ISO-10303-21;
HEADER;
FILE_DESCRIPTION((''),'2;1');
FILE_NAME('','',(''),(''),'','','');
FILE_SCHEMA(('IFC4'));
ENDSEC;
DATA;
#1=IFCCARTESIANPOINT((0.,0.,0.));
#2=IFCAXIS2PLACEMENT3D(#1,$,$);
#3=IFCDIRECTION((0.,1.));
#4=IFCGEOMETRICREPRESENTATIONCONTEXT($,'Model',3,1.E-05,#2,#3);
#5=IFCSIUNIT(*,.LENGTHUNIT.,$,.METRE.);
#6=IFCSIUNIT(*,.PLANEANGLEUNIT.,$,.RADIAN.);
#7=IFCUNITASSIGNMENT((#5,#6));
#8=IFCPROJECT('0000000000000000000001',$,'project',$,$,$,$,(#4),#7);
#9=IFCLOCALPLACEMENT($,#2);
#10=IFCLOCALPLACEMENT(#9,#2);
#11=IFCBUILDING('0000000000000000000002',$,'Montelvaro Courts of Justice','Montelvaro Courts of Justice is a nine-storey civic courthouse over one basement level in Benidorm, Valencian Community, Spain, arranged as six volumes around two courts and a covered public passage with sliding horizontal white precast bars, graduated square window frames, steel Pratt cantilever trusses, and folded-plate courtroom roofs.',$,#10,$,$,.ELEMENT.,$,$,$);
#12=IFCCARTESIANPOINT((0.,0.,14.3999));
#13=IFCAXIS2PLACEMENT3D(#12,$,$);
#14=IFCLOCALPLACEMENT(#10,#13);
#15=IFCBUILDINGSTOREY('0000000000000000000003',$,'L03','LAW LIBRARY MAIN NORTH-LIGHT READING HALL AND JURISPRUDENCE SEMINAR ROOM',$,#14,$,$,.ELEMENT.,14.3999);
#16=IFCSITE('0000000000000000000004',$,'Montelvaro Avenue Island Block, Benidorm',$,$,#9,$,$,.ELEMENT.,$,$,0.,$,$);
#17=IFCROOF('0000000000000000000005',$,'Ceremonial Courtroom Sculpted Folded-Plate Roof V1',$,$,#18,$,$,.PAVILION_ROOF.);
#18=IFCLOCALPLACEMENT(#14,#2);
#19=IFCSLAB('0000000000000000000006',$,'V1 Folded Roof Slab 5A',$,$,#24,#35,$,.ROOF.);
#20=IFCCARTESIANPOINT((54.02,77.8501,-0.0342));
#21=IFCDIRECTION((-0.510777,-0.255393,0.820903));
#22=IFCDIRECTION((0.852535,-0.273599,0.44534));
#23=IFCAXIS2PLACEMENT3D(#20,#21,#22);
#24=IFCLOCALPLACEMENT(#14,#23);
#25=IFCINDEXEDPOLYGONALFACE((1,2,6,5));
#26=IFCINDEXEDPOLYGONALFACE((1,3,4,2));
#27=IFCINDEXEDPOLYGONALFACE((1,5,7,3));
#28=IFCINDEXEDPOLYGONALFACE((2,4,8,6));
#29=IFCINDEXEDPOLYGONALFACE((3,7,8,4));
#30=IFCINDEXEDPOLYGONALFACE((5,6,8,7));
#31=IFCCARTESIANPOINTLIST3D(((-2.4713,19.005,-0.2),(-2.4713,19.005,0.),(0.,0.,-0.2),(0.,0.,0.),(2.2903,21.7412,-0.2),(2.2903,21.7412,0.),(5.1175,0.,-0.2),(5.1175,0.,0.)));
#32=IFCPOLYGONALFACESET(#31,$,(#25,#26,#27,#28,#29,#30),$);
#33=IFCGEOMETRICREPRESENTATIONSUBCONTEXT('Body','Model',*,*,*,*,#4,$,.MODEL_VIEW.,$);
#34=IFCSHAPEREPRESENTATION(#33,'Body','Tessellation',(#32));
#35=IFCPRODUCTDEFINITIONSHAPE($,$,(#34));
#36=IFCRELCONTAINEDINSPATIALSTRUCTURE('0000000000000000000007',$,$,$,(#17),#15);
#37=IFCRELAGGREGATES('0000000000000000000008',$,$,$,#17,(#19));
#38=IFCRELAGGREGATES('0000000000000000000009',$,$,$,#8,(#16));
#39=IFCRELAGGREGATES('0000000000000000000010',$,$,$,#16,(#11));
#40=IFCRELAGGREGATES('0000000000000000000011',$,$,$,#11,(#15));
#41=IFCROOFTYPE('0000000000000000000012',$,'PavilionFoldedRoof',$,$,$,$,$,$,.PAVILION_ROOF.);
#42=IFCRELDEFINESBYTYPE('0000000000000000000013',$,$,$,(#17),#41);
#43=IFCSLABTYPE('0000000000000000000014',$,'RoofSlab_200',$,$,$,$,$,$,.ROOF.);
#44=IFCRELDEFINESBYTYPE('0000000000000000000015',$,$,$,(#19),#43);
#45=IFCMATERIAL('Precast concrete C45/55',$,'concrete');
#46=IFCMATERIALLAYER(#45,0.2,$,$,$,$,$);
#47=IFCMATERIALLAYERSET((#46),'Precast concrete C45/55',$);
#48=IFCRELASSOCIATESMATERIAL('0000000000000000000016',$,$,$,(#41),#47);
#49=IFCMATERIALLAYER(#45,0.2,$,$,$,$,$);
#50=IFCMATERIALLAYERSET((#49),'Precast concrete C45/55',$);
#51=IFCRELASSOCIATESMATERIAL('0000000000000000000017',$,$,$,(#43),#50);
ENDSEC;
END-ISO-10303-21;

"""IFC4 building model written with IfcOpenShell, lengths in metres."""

from ifc_helpers import new_model, si_unit, direction, frame, origin, place, context, subcontext, project, spatial, polyline, outline, extrude, material, layer, layer_set, type_object, element, aggregate, save


model = new_model("IFC4")

# Units and contexts
model_context = context("Model", 3, precision=1e-05, world=origin(), true_north=direction((0.0, 1.0)))
body_context = subcontext(model_context, "Body", "Model", "MODEL_VIEW")
ifc_project = project(units=[si_unit("LENGTHUNIT", "METRE"), si_unit("PLANEANGLEUNIT", "RADIAN")], contexts=[model_context])

# Site, building, storey
site_placement = place(None, origin())
site = spatial("IfcSite", under=ifc_project, at=site_placement, Name="Montelvaro Avenue Island Block, Benidorm", CompositionType="ELEMENT", RefElevation=0.0)
building_placement = place(site_placement, origin())
building = spatial("IfcBuilding", under=site, at=building_placement, Name="Montelvaro Courts of Justice", Description="Montelvaro Courts of Justice is a nine-storey civic courthouse over one basement level in Benidorm, Valencian Community, Spain, arranged as six volumes around two courts and a covered public passage with sliding horizontal white precast bars, graduated square window frames, steel Pratt cantilever trusses, and folded-plate courtroom roofs.", CompositionType="ELEMENT")
storey_placement = place(building_placement, frame((0.0, 0.0, 14.3999)))
storey = spatial("IfcBuildingStorey", under=building, at=storey_placement, Name="L03", Description="LAW LIBRARY MAIN NORTH-LIGHT READING HALL AND JURISPRUDENCE SEMINAR ROOM", CompositionType="ELEMENT", Elevation=14.3999)

# Roof, slab
ifc_material_1 = material(Name="Precast concrete C45/55", Category="concrete")
ifc_layer_1 = layer(ifc_material_1, 0.2)
ifc_layer_set_1 = layer_set([ifc_layer_1], Name="Precast concrete C45/55")
roof_type = type_object("IfcRoofType", Name="PavilionFoldedRoof", PredefinedType="PAVILION_ROOF", material=ifc_layer_set_1)
roof_placement = place(storey_placement, origin())
roof = element("IfcRoof", 1, at=roof_placement, inside=storey, type_object=roof_type, Name="Ceremonial Courtroom Sculpted Folded-Plate Roof V1", PredefinedType="PAVILION_ROOF")
ifc_layer_2 = layer(ifc_material_1, 0.2)
ifc_layer_set_2 = layer_set([ifc_layer_2], Name="Precast concrete C45/55")
slab_type = type_object("IfcSlabType", Name="RoofSlab_200", PredefinedType="ROOF", material=ifc_layer_set_2)
slab_1_placement = place(storey_placement, frame((54.02, 77.8501, -0.0342), z_axis=(-0.510777, -0.255393, 0.820903), x_axis=(0.852535, -0.273599, 0.44534)))
slab_1 = element("IfcSlab", 2, at=slab_1_placement, type_object=slab_type, Name="V1 Folded Roof Slab 5A", PredefinedType="ROOF", context=body_context, shape_type="SweptSolid", body=[
    extrude(outline(polyline([(0.0, 0.0), (5.1175, 0.0), (2.2903, 21.7412), (-2.4713, 19.005), (0.0, 0.0)])), origin(), (0.0, 0.0, -1.0), 0.2),
])
aggregate(roof, [slab_1])

save(model, "model.ifc")
